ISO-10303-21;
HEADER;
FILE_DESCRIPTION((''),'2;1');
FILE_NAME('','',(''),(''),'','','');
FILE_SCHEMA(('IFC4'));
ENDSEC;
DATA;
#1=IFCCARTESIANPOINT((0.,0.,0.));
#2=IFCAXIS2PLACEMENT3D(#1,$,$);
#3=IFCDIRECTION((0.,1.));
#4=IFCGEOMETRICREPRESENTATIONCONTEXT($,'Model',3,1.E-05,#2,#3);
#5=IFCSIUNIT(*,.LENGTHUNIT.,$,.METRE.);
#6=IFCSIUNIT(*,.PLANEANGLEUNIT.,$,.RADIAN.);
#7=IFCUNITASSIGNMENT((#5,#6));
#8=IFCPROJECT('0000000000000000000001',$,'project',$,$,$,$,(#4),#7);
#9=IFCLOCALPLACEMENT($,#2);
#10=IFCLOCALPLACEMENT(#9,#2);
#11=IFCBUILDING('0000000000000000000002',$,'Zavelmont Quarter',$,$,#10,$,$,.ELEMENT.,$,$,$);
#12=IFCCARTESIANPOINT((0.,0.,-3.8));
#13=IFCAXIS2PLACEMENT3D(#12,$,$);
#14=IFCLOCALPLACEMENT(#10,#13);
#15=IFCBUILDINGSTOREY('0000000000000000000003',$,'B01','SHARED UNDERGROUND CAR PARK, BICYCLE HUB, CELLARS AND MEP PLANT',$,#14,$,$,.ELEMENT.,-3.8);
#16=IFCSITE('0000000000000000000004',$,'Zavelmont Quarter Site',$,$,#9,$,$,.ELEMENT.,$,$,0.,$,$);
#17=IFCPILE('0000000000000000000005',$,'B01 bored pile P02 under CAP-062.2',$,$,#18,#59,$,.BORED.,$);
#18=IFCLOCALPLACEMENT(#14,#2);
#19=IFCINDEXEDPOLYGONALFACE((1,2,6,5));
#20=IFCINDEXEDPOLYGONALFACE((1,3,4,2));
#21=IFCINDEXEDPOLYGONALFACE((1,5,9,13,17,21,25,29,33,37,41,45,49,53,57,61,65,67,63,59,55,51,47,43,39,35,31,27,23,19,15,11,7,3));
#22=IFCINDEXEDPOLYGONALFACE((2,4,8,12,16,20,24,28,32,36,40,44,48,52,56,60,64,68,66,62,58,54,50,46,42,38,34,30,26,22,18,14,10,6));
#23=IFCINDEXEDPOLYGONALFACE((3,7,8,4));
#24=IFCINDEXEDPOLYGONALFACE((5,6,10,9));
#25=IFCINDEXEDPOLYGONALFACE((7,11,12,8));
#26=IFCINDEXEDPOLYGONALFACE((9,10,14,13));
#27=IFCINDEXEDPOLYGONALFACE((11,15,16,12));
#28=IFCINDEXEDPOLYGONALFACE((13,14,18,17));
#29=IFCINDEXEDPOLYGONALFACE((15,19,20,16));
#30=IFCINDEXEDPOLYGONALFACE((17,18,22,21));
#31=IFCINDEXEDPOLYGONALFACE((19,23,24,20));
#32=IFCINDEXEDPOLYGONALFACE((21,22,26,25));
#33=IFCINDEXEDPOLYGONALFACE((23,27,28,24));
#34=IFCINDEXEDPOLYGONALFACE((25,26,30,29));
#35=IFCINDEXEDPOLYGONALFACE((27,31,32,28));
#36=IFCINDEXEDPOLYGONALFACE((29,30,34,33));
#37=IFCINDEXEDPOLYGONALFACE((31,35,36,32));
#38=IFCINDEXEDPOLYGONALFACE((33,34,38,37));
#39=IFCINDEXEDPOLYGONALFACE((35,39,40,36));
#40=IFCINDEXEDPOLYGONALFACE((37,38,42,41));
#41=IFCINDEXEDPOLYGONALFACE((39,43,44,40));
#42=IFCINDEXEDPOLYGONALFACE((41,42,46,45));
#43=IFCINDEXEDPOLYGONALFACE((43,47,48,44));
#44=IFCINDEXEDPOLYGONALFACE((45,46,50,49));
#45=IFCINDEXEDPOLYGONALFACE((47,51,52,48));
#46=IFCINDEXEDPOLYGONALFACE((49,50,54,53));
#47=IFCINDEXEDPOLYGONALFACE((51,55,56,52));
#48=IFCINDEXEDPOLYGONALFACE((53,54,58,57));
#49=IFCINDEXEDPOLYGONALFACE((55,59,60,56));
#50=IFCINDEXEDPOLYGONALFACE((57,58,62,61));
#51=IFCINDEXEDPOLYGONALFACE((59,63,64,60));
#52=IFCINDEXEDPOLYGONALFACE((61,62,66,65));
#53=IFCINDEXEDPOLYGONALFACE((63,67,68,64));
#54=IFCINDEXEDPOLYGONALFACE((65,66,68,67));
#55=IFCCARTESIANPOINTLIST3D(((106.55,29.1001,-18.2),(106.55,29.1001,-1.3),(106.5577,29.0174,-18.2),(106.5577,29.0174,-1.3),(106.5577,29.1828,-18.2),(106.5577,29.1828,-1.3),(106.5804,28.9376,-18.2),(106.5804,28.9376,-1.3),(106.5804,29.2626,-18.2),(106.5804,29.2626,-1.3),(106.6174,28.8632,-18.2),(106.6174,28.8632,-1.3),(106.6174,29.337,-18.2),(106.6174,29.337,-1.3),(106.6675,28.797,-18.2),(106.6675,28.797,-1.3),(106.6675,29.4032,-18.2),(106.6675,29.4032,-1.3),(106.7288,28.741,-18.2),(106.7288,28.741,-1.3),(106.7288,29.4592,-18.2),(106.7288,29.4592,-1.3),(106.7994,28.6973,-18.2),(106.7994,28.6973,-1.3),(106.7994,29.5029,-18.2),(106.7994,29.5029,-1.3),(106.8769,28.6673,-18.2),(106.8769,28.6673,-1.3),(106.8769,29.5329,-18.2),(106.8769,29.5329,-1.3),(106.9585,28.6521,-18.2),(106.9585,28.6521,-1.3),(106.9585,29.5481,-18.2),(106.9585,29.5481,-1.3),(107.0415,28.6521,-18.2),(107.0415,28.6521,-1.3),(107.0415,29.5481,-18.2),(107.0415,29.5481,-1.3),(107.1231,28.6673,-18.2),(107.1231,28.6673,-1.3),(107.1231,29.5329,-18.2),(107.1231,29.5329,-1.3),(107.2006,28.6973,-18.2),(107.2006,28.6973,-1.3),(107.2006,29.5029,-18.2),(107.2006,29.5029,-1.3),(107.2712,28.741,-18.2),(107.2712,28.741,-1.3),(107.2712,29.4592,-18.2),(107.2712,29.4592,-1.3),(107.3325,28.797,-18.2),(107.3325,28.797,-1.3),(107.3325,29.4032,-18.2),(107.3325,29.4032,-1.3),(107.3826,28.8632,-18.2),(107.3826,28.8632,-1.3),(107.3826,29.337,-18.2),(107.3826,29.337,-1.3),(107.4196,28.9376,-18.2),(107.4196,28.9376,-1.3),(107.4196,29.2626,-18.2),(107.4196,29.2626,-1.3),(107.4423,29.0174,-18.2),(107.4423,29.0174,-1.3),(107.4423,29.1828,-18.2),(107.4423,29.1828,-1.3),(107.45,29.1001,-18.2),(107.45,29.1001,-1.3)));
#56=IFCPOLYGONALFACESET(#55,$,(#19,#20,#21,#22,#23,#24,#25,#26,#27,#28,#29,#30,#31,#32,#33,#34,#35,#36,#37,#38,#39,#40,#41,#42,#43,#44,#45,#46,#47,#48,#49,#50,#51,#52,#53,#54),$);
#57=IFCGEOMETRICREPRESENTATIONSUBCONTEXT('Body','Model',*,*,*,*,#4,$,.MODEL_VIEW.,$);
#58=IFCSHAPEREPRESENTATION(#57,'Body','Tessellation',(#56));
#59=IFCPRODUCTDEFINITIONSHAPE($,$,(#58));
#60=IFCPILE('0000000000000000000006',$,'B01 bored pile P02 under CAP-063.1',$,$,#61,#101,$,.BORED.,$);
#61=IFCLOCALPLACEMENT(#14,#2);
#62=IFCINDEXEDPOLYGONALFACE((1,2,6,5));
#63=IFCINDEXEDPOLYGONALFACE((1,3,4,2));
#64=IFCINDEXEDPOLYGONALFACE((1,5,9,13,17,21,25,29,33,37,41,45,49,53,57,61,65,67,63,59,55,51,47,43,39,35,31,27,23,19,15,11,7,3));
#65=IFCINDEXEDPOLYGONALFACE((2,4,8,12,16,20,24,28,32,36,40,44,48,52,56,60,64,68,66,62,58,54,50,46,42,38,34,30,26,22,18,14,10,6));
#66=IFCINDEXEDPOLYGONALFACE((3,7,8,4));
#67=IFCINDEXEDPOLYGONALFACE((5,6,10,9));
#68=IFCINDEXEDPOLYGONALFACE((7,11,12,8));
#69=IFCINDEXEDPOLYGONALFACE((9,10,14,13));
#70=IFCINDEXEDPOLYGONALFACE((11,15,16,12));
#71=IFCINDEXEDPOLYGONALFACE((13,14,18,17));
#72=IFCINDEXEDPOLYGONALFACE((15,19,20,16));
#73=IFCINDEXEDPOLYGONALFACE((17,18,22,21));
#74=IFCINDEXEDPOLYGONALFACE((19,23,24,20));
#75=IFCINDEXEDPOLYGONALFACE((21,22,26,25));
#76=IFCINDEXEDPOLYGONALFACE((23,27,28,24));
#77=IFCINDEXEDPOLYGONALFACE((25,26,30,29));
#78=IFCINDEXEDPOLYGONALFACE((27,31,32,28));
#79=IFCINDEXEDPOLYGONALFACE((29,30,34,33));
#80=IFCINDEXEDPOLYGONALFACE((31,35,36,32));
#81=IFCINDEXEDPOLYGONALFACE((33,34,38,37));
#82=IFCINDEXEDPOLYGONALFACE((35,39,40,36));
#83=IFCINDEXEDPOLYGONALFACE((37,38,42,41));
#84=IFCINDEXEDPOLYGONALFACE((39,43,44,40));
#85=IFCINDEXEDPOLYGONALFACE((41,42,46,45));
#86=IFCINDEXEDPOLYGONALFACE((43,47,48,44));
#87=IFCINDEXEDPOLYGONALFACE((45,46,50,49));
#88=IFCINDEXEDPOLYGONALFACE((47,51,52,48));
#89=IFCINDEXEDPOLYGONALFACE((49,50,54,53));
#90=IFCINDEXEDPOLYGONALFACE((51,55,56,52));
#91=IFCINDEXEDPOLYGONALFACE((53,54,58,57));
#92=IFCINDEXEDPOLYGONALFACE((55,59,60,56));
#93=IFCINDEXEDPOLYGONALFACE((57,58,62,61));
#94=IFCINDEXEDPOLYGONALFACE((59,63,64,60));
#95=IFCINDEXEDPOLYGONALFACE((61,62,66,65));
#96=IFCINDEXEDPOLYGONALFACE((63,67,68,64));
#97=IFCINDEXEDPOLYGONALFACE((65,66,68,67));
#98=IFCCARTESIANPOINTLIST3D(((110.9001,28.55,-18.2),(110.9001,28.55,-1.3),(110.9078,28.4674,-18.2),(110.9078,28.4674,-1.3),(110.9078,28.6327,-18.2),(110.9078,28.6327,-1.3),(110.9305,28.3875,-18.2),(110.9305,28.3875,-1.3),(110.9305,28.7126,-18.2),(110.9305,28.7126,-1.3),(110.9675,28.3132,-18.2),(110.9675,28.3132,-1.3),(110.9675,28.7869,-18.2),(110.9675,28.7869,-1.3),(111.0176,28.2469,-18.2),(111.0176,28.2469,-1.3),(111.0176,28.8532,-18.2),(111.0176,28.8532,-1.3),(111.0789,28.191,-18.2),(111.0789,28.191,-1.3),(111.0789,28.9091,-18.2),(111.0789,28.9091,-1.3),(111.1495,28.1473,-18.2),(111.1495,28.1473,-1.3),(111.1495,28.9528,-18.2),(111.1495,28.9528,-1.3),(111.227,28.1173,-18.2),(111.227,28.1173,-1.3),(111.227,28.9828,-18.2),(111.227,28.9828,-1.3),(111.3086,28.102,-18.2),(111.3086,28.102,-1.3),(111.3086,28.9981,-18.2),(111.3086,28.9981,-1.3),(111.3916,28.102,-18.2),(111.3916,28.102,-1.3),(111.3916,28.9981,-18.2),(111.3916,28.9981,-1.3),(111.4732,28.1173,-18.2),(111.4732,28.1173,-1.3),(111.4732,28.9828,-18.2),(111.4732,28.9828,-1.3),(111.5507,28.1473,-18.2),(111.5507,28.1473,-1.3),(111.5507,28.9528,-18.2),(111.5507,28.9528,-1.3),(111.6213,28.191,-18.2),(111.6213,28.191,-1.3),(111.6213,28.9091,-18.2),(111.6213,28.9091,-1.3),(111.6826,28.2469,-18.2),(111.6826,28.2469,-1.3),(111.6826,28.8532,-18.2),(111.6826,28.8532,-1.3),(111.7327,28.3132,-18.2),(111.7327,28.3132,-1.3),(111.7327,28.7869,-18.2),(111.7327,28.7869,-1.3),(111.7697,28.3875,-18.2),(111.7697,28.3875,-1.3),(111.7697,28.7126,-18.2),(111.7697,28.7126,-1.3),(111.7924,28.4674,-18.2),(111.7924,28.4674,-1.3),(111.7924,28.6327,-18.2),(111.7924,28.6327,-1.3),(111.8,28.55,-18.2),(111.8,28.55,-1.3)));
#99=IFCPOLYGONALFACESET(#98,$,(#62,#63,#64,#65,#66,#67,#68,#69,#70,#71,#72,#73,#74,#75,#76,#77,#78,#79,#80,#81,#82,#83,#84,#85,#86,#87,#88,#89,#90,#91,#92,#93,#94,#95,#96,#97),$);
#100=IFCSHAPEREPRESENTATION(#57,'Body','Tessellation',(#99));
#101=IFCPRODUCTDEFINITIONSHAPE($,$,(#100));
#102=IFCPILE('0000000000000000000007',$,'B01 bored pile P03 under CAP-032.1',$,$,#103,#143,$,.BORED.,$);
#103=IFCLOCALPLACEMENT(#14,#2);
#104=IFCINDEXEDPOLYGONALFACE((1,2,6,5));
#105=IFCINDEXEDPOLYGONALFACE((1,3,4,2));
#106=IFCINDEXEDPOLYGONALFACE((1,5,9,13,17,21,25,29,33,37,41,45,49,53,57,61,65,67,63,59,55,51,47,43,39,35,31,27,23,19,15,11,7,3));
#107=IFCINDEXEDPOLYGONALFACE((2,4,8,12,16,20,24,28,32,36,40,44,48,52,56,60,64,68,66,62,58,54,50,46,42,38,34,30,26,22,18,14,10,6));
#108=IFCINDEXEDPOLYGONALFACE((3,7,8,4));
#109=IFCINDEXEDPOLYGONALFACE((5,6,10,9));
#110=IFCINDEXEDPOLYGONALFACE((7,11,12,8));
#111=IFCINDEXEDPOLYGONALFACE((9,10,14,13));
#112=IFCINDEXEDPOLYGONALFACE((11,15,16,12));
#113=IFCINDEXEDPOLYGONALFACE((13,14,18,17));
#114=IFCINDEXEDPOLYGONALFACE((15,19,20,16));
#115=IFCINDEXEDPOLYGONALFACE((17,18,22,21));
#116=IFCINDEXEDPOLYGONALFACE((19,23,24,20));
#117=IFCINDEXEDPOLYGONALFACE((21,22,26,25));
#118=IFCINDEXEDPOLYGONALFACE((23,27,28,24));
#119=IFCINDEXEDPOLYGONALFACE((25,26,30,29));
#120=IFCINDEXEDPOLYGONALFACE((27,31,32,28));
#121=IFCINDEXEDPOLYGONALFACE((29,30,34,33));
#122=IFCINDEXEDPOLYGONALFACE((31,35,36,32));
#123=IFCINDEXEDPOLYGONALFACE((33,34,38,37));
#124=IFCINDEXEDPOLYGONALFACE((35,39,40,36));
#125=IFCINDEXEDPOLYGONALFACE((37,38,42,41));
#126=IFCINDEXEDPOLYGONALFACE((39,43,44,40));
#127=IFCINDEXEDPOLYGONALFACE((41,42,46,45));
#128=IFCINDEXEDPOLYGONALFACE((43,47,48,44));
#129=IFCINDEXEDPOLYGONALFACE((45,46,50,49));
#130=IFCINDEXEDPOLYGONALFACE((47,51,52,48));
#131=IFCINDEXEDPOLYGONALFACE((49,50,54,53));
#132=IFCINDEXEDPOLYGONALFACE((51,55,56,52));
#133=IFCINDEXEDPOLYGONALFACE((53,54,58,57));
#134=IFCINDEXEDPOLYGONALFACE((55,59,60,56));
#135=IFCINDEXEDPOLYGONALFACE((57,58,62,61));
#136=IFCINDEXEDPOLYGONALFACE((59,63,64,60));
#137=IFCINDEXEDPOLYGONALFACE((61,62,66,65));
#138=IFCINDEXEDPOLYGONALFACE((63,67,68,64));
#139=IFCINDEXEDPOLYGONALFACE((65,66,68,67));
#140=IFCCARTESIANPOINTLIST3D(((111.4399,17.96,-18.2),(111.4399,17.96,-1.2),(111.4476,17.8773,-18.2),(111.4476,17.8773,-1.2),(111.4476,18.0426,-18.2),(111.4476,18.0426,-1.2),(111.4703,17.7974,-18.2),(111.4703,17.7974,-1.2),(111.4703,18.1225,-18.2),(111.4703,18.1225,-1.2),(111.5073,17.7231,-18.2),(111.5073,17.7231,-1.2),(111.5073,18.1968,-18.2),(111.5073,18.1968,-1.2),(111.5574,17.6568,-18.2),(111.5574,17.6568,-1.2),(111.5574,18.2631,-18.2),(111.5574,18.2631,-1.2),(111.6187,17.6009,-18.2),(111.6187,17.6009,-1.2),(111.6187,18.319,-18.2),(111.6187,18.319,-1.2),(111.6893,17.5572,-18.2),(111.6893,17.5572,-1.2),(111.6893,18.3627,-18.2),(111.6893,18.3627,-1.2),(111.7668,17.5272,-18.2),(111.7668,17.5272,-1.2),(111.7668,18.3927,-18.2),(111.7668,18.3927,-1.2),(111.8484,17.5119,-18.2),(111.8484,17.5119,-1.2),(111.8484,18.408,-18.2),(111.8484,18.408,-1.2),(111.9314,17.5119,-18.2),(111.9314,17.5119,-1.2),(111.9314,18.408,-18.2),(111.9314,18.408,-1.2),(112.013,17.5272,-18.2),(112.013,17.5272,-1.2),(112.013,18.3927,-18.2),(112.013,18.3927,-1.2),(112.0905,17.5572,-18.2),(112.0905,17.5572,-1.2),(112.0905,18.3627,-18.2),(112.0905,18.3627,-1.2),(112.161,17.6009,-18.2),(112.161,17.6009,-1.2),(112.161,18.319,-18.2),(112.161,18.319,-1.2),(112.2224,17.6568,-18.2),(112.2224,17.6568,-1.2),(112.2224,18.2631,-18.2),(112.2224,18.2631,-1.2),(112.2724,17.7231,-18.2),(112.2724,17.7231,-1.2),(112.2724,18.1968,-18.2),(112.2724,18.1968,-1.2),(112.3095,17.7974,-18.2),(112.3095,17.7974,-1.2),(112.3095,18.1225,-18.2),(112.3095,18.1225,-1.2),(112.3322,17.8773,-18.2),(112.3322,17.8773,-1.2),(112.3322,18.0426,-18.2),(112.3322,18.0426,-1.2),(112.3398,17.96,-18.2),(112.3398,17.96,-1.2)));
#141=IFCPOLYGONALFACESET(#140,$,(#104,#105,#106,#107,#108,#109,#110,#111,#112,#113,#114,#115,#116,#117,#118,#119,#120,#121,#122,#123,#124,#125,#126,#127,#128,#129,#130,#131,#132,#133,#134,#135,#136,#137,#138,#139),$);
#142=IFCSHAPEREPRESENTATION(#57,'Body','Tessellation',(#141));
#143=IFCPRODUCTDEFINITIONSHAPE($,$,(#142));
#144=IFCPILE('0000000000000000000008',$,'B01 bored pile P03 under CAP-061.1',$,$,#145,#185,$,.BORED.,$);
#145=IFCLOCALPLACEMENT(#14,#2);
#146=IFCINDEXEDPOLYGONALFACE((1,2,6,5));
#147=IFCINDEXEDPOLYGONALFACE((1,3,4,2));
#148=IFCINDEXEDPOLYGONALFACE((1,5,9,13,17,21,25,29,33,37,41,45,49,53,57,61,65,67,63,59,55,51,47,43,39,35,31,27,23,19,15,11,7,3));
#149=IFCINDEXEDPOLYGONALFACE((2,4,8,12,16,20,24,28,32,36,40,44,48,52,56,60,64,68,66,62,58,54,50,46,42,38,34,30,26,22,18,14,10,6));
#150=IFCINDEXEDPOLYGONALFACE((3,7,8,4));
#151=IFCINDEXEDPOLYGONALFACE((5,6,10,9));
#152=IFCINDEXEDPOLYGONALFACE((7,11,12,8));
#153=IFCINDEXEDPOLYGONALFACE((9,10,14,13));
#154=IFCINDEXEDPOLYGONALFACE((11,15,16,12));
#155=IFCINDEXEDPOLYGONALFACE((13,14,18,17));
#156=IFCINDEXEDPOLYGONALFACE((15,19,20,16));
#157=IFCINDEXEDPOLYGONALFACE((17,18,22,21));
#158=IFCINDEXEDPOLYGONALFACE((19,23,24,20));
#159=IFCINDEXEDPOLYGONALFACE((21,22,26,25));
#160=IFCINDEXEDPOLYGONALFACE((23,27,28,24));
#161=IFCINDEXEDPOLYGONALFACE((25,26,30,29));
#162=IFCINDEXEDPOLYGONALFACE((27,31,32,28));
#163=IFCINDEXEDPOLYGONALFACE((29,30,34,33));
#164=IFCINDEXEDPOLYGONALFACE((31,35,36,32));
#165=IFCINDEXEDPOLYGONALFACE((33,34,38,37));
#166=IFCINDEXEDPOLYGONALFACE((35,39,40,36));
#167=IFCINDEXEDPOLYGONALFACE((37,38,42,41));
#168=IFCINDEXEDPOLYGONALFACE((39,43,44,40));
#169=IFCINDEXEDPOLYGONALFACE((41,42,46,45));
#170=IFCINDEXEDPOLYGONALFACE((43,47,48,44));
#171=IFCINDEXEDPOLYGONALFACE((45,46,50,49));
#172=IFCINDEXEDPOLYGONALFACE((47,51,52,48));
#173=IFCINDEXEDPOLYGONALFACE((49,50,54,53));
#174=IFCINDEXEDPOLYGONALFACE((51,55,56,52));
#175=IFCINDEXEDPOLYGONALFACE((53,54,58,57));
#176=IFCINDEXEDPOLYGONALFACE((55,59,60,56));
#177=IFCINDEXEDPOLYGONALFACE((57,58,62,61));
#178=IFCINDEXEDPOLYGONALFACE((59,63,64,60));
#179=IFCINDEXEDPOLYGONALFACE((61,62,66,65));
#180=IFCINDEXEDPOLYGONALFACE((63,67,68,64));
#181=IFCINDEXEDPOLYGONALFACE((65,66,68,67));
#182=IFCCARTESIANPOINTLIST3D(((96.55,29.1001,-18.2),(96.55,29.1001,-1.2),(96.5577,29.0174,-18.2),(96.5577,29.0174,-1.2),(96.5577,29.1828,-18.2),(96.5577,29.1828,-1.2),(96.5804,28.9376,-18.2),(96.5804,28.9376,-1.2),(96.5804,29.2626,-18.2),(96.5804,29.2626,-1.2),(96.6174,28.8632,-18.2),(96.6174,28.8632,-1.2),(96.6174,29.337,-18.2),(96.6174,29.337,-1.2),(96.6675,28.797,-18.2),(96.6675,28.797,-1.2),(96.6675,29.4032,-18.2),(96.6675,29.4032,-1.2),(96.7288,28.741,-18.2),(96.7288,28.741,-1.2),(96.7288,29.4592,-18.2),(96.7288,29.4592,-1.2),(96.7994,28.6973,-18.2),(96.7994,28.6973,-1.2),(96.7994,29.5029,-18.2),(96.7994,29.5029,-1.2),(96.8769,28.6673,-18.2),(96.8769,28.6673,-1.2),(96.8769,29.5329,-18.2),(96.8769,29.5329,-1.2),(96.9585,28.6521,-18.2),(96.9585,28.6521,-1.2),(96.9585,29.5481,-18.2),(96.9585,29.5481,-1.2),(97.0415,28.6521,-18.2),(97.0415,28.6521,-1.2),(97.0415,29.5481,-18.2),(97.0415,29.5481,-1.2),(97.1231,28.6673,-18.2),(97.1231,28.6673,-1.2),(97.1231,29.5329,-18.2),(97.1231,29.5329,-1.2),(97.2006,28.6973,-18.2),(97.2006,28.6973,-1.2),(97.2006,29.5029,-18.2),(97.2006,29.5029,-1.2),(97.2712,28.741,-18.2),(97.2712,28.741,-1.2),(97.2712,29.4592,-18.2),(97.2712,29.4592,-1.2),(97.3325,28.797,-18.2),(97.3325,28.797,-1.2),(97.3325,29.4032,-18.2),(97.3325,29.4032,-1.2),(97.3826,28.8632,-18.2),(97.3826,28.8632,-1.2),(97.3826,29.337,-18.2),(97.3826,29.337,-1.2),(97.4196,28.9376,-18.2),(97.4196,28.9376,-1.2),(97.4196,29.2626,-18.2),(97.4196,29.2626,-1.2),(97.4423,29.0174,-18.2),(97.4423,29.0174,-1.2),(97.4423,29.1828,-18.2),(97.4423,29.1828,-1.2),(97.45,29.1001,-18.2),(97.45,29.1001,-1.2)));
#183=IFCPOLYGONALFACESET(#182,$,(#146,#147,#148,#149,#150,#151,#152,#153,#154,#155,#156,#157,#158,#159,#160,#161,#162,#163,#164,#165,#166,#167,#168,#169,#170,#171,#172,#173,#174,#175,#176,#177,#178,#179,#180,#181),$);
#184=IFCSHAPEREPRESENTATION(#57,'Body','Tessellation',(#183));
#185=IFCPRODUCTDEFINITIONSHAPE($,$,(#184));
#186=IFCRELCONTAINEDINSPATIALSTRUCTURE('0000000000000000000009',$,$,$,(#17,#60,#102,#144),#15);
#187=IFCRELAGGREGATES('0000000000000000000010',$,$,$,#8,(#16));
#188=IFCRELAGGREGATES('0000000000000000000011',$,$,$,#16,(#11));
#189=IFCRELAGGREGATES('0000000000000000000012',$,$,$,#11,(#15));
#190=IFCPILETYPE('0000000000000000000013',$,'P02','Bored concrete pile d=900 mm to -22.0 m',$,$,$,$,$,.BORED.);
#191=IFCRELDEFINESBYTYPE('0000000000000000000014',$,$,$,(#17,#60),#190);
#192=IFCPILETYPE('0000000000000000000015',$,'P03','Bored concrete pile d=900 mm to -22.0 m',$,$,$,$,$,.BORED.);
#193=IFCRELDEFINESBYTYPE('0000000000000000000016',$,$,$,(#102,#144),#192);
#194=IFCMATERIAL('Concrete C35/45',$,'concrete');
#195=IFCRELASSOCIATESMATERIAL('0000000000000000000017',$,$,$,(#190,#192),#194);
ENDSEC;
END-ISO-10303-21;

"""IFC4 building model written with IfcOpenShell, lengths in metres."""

from ifc_helpers import new_model, si_unit, direction, frame, origin, origin_2d, place, context, subcontext, project, spatial, circle, extrude, material, material_profile, profile_set, type_object, element, save


model = new_model("IFC4")

# Units and contexts
model_context = context("Model", 3, precision=1e-05, world=origin(), true_north=direction((0.0, 1.0)))
body_context = subcontext(model_context, "Body", "Model", "MODEL_VIEW")
ifc_project = project(units=[si_unit("LENGTHUNIT", "METRE"), si_unit("PLANEANGLEUNIT", "RADIAN")], contexts=[model_context])

# Site, building, storey
site_placement = place(None, origin())
site = spatial("IfcSite", under=ifc_project, at=site_placement, Name="Zavelmont Quarter Site", CompositionType="ELEMENT", RefElevation=0.0)
building_placement = place(site_placement, origin())
building = spatial("IfcBuilding", under=site, at=building_placement, Name="Zavelmont Quarter", CompositionType="ELEMENT")
storey_placement = place(building_placement, frame((0.0, 0.0, -3.8)))
storey = spatial("IfcBuildingStorey", under=building, at=storey_placement, Name="B01", Description="SHARED UNDERGROUND CAR PARK, BICYCLE HUB, CELLARS AND MEP PLANT", CompositionType="ELEMENT", Elevation=-3.8)

# Shared definitions
ifc_material_1 = material(Name="Concrete C35/45", Category="concrete")

# Piles
ifc_material_profile_1 = material_profile(ifc_material_1, circle(Radius=0.45, at=origin_2d()), Name="BP900")
ifc_profile_set_1 = profile_set([ifc_material_profile_1], Name="Concrete C35/45")
pile_type_1 = type_object("IfcPileType", Name="P02", Description="Bored concrete pile d=900 mm to -22.0 m", PredefinedType="BORED", material=ifc_profile_set_1)
for number, where, z_axis, x_axis, name in (
    (1, (107.0, 29.1001, -1.3), (0.0, 0.0, -1.0), (1.0, 0.0, 0.0), "B01 bored pile P02 under CAP-062.2"),
    (2, (111.3501, 28.55, -1.3), (0.0, 0.0, -1.0), (1.0, 0.0, 0.0), "B01 bored pile P02 under CAP-063.1"),
):
    element("IfcPile", number, at=place(storey_placement, frame(where, z_axis=z_axis, x_axis=x_axis)), inside=storey, type_object=pile_type_1, Name=name, PredefinedType="BORED", context=body_context, shape_type="SweptSolid", body=[
        extrude(circle(Radius=0.45, at=origin_2d()), origin(), (0.0, 0.0, 1.0), 16.8999),
    ])
ifc_material_profile_2 = material_profile(ifc_material_1, circle(Radius=0.45, at=origin_2d()), Name="BP900")
ifc_profile_set_2 = profile_set([ifc_material_profile_2], Name="Concrete C35/45")
pile_type_2 = type_object("IfcPileType", Name="P03", Description="Bored concrete pile d=900 mm to -22.0 m", PredefinedType="BORED", material=ifc_profile_set_2)
for number, where, z_axis, x_axis, name in (
    (3, (111.8899, 17.96, -1.2), (0.0, 0.0, -1.0), (1.0, 0.0, 0.0), "B01 bored pile P03 under CAP-032.1"),
    (4, (97.0, 29.1001, -1.2), (0.0, 0.0, -1.0), (1.0, 0.0, 0.0), "B01 bored pile P03 under CAP-061.1"),
):
    element("IfcPile", number, at=place(storey_placement, frame(where, z_axis=z_axis, x_axis=x_axis)), inside=storey, type_object=pile_type_2, Name=name, PredefinedType="BORED", context=body_context, shape_type="SweptSolid", body=[
        extrude(circle(Radius=0.45, at=origin_2d()), origin(), (0.0, 0.0, 1.0), 17.0),
    ])

save(model, "model.ifc")
